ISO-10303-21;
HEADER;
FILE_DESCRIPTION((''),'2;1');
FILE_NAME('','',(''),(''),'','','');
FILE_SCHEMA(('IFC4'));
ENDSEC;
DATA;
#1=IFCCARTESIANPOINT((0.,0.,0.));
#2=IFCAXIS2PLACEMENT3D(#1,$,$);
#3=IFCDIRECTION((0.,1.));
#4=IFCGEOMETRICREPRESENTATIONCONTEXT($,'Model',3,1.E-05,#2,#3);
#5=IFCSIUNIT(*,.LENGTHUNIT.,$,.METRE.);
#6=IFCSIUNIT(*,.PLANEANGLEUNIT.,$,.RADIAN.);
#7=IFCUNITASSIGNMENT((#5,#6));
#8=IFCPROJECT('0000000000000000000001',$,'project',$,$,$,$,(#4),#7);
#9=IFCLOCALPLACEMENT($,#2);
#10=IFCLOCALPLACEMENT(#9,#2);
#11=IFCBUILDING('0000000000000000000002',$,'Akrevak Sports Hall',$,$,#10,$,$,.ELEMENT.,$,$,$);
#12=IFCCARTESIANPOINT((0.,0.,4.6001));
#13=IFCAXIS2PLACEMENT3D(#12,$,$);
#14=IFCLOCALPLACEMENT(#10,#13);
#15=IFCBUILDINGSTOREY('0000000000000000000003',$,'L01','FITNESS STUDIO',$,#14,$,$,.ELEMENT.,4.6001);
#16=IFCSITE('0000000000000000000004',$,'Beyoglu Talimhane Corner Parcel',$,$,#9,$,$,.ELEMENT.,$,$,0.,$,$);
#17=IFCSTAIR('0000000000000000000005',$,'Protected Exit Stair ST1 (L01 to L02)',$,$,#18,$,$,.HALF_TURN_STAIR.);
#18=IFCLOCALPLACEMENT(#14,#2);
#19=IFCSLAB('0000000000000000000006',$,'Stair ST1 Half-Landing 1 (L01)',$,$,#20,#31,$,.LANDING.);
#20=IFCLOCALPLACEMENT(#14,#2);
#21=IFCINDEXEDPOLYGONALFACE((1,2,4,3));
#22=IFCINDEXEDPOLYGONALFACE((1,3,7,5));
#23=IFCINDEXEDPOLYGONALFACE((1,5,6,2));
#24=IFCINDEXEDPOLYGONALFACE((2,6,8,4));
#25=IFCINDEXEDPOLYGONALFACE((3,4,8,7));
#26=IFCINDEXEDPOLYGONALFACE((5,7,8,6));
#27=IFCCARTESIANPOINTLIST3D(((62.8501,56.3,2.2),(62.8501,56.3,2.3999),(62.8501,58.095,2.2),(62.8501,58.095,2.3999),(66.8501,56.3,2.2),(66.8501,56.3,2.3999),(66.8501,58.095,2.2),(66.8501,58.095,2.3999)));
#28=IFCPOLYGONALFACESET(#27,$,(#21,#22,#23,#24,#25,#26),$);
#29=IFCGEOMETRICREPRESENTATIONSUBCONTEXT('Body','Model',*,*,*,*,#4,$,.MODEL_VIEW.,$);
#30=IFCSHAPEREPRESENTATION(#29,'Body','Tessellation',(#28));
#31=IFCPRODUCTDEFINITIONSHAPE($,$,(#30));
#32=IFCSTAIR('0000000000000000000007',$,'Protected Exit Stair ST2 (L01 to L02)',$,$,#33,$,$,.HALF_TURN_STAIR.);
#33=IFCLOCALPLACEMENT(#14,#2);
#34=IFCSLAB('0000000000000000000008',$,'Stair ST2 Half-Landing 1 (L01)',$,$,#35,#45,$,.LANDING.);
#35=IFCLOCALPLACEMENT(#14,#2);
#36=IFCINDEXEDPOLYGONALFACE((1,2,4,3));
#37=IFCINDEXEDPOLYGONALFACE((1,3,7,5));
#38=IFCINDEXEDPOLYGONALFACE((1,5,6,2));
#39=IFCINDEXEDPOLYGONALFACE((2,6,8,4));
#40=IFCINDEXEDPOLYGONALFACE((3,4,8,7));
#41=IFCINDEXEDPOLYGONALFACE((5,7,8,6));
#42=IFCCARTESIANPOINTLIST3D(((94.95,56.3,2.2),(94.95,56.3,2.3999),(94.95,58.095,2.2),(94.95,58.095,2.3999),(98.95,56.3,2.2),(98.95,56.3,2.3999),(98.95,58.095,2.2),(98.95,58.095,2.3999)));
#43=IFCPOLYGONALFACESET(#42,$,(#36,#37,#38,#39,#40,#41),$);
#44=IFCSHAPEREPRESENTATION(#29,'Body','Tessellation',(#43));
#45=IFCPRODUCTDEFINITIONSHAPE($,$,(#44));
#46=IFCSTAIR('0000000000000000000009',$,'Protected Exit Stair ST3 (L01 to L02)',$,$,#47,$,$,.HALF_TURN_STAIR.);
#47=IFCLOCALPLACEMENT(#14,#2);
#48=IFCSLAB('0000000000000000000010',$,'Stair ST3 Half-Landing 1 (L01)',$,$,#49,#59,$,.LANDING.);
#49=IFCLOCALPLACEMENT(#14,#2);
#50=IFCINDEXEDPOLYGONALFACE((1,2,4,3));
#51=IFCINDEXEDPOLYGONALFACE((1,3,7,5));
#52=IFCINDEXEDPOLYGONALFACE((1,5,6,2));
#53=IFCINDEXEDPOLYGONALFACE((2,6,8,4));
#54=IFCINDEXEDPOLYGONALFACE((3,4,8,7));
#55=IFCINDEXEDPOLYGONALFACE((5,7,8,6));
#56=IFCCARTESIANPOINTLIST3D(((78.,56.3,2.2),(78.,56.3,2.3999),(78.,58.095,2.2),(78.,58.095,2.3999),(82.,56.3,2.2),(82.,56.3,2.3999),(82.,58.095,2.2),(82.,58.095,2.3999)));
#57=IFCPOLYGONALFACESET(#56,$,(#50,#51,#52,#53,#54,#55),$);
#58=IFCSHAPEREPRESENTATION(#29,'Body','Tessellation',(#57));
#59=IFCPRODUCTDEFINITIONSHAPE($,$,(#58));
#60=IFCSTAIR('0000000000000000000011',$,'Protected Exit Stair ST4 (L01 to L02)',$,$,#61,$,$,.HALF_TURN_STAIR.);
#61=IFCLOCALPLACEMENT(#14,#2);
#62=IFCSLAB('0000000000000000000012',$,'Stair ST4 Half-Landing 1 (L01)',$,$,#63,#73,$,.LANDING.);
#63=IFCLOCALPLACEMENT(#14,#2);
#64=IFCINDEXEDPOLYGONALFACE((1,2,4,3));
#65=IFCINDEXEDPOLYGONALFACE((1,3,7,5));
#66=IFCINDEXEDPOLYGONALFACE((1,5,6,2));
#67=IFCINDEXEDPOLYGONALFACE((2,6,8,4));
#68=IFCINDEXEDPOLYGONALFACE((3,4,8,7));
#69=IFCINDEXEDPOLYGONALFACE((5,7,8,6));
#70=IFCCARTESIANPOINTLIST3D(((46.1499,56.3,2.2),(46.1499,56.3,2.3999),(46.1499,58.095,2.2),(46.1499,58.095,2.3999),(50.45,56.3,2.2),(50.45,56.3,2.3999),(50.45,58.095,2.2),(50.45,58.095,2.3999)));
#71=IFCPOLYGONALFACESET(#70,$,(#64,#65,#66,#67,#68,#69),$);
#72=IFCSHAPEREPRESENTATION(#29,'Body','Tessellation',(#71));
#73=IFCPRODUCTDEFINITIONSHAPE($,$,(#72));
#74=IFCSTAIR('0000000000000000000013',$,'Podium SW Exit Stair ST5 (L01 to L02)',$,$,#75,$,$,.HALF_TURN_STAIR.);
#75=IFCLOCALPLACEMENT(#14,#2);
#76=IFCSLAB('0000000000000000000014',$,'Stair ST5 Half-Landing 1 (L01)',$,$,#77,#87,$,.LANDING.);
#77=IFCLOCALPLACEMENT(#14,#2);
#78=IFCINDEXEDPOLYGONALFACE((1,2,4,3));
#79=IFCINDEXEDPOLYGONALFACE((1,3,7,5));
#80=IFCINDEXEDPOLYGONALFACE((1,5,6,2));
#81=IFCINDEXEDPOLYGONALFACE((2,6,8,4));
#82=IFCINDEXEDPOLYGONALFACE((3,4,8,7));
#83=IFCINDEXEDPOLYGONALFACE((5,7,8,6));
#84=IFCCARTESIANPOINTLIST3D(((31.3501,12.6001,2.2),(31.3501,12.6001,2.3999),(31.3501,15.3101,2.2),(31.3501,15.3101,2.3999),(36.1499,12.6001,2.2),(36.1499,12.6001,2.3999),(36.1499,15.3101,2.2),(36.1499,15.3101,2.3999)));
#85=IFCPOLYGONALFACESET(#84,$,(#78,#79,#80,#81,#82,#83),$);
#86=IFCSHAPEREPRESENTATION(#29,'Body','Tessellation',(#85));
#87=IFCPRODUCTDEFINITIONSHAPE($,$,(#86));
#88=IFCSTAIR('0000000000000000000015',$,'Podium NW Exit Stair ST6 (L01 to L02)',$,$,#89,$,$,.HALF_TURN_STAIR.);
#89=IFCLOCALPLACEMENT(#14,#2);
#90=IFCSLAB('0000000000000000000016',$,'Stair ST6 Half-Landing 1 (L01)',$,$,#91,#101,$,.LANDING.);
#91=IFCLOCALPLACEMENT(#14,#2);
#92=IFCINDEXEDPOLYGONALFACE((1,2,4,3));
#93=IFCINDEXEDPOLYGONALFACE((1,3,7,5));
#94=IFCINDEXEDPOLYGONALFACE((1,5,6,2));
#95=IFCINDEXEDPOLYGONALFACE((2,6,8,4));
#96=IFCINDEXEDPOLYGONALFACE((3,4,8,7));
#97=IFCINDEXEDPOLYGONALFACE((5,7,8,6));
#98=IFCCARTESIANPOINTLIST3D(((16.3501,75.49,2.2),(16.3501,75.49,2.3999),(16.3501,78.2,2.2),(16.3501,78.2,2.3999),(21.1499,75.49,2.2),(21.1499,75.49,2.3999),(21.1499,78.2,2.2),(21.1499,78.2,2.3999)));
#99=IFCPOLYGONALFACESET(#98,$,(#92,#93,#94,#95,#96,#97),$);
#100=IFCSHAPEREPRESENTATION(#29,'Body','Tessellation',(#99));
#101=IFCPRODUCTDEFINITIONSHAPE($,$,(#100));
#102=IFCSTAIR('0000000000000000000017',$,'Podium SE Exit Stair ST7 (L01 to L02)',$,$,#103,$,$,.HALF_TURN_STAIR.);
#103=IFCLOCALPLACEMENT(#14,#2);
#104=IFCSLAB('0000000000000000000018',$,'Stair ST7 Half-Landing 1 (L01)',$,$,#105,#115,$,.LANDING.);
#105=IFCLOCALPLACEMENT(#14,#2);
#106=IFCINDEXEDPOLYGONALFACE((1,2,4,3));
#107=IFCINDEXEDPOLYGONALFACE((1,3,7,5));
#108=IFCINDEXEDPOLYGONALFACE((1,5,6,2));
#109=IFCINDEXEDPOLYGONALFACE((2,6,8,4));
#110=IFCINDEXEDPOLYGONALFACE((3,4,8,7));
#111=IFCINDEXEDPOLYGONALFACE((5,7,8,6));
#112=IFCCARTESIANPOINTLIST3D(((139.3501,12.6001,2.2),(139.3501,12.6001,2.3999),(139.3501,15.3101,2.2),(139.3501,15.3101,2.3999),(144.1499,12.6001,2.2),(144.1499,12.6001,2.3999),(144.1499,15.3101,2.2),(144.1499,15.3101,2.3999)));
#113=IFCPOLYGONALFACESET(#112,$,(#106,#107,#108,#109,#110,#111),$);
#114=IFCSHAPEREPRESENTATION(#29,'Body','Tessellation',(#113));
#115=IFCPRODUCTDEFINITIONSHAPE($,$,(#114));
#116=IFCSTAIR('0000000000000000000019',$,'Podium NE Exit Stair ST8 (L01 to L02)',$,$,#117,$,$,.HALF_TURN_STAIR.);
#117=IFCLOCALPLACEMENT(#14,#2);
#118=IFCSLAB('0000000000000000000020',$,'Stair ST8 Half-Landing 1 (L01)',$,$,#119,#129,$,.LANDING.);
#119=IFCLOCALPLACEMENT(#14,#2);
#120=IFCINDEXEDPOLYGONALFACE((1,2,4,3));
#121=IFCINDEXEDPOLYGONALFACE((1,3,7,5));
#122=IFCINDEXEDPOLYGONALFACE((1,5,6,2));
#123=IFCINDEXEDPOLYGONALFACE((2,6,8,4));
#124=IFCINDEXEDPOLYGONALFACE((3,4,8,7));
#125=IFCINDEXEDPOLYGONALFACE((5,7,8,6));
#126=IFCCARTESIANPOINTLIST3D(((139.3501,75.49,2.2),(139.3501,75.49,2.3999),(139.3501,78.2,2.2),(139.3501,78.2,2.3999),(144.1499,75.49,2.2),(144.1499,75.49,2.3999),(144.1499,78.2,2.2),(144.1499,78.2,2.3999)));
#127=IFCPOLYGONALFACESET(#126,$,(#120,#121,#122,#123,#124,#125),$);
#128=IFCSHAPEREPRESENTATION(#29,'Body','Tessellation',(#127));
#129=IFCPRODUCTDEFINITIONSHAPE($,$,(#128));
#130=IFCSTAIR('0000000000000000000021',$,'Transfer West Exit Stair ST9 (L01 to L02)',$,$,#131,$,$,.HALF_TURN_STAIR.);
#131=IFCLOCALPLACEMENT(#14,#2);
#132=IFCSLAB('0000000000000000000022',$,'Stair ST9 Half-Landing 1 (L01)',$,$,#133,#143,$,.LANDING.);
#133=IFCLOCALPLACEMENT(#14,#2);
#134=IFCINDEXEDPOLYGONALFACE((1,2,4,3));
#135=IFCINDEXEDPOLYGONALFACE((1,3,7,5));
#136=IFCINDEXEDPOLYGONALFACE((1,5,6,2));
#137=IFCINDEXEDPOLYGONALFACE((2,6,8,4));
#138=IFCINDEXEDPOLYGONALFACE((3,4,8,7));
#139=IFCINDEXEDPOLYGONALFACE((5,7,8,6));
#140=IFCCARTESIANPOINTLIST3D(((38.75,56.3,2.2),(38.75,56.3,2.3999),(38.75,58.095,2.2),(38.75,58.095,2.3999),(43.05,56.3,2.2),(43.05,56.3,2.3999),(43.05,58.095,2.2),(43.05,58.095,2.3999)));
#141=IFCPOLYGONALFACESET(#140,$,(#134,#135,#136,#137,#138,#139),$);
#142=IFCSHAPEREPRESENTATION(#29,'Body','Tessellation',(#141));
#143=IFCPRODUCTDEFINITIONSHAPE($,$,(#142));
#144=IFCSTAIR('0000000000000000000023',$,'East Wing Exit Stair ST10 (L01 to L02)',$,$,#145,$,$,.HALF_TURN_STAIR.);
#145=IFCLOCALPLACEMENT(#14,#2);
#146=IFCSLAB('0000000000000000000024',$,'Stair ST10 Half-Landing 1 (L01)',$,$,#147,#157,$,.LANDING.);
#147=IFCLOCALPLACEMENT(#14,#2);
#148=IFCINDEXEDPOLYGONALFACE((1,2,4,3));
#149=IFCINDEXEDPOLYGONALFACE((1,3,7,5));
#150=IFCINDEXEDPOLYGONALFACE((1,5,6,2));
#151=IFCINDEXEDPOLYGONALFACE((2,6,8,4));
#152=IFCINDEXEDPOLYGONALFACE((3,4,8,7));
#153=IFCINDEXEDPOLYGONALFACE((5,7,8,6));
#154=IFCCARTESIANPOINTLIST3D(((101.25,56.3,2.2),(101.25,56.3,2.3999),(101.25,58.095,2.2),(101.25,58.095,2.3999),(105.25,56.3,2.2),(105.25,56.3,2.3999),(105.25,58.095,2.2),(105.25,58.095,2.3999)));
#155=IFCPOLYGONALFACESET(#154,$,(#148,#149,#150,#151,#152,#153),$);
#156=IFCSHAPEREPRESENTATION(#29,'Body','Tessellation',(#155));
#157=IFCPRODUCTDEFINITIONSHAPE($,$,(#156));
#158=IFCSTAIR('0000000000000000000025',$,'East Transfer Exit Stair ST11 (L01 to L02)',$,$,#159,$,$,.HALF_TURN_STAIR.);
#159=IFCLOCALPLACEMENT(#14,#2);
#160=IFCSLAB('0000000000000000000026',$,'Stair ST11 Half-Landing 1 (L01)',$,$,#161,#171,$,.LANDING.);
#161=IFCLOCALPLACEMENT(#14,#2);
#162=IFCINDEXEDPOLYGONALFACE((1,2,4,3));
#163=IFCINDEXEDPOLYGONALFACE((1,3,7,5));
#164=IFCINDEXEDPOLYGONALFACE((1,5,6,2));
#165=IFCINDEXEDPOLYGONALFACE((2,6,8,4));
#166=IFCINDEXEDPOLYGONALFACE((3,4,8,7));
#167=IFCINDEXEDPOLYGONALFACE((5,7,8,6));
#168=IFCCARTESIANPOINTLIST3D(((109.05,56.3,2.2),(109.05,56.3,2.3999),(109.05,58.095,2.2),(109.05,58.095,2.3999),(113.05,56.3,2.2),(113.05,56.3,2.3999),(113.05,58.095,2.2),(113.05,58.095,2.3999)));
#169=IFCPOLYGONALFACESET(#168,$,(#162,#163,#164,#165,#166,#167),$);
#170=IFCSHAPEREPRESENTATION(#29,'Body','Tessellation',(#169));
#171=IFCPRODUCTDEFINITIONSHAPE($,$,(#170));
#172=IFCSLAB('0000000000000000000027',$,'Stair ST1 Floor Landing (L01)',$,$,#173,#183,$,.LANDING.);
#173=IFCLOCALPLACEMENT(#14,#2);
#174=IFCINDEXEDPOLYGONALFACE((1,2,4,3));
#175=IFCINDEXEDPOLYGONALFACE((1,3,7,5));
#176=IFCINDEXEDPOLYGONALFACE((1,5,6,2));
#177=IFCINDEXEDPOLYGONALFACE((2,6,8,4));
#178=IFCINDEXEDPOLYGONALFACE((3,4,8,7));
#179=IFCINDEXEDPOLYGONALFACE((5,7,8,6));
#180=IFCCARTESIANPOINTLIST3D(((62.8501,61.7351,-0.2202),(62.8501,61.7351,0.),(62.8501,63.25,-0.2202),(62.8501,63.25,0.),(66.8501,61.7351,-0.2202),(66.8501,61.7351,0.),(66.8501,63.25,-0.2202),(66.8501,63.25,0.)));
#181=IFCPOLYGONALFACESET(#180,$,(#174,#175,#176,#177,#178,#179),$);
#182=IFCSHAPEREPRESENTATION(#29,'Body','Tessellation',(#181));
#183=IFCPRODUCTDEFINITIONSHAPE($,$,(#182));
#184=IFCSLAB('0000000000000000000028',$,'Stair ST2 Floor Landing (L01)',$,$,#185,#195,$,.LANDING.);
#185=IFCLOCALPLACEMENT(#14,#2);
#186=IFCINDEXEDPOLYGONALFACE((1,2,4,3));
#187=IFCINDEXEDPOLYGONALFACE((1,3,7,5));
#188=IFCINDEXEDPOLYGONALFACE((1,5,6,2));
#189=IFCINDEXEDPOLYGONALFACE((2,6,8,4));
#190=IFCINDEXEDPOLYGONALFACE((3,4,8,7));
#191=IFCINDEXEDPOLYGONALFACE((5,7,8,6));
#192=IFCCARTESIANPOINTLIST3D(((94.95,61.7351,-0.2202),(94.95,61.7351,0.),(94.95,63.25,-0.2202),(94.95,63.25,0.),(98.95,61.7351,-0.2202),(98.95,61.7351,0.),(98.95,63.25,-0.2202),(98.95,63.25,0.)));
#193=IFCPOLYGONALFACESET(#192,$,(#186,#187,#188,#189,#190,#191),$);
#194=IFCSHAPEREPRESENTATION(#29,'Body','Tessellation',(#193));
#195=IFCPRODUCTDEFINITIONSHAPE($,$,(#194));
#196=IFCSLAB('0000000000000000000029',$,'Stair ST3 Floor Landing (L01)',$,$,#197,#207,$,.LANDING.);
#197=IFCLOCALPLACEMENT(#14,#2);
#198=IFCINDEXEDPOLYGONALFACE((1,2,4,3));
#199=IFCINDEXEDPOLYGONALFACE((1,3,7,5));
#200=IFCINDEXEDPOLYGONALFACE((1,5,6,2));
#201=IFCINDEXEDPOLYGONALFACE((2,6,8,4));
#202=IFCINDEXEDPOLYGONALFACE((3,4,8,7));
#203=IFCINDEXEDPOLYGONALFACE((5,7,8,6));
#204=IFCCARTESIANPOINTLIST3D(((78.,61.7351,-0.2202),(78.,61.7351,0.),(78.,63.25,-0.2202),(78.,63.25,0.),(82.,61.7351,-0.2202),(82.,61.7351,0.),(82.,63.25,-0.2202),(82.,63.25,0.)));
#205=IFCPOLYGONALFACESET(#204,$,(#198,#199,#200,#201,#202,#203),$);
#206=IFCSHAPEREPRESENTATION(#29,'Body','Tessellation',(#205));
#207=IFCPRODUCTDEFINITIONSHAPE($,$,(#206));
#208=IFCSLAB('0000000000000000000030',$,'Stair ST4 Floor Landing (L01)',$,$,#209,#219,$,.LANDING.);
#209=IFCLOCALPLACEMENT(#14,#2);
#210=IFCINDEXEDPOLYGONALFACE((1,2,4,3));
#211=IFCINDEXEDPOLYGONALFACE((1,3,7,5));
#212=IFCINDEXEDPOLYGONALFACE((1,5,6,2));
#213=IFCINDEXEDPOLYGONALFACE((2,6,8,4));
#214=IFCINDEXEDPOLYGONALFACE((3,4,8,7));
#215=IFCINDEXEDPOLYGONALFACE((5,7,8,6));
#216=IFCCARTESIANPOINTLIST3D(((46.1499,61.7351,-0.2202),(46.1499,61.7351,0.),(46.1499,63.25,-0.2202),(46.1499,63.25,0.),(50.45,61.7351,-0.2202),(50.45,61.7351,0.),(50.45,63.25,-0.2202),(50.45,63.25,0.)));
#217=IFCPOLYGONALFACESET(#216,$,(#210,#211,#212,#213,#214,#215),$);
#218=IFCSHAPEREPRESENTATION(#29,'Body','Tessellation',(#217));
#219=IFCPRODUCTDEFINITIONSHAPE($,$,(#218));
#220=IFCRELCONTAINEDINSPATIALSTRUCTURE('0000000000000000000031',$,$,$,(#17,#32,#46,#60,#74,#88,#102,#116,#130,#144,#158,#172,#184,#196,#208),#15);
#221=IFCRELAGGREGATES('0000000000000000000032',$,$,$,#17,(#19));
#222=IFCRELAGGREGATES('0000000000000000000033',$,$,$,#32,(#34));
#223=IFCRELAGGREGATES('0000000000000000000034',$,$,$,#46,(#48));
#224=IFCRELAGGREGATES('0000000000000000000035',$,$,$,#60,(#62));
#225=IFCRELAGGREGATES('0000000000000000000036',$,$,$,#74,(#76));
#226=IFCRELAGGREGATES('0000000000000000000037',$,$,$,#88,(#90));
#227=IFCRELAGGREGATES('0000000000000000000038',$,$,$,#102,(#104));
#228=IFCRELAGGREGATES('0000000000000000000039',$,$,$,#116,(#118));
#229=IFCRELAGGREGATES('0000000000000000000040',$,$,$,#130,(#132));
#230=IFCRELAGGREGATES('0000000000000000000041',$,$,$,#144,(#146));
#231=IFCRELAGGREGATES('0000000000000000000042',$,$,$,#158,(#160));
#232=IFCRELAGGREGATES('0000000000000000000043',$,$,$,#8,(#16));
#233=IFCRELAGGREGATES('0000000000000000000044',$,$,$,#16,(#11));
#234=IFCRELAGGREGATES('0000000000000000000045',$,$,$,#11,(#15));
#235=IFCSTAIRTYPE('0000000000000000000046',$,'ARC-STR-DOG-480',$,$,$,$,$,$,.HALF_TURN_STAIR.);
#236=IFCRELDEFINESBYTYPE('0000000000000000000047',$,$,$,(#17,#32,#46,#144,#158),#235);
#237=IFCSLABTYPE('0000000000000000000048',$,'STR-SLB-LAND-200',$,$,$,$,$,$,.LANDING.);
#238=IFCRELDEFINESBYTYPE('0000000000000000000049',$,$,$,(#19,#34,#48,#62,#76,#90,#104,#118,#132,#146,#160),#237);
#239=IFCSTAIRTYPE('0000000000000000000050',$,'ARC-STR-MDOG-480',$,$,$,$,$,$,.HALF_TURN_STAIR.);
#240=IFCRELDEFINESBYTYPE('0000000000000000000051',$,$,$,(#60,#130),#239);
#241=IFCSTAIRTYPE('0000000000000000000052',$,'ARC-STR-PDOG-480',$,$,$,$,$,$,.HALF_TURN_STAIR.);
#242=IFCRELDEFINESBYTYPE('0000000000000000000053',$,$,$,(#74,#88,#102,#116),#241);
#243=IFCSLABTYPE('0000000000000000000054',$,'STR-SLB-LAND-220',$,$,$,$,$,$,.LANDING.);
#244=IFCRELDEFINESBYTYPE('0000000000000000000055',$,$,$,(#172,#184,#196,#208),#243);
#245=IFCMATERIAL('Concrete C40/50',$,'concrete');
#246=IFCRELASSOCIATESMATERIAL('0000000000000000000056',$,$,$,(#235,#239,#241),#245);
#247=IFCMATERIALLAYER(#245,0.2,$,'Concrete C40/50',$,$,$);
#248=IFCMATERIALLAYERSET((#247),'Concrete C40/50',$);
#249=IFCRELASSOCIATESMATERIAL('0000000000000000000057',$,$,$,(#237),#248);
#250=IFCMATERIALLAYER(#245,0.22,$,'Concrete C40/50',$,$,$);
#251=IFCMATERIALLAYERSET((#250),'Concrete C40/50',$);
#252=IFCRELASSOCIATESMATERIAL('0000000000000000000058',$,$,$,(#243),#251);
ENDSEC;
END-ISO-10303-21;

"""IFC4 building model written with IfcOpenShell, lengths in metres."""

from ifc_helpers import new_model, si_unit, direction, frame, origin, place, context, subcontext, project, spatial, polyline, outline, extrude, material, layer, layer_set, type_object, element, aggregate, save


model = new_model("IFC4")

# Units and contexts
model_context = context("Model", 3, precision=1e-05, world=origin(), true_north=direction((0.0, 1.0)))
body_context = subcontext(model_context, "Body", "Model", "MODEL_VIEW")
ifc_project = project(units=[si_unit("LENGTHUNIT", "METRE"), si_unit("PLANEANGLEUNIT", "RADIAN")], contexts=[model_context])

# Site, building, storey
site_placement = place(None, origin())
site = spatial("IfcSite", under=ifc_project, at=site_placement, Name="Beyoglu Talimhane Corner Parcel", CompositionType="ELEMENT", RefElevation=0.0)
building_placement = place(site_placement, origin())
building = spatial("IfcBuilding", under=site, at=building_placement, Name="Akrevak Sports Hall", CompositionType="ELEMENT")
storey_placement = place(building_placement, frame((0.0, 0.0, 4.6001)))
storey = spatial("IfcBuildingStorey", under=building, at=storey_placement, Name="L01", Description="FITNESS STUDIO", CompositionType="ELEMENT", Elevation=4.6001)

# Shared definitions
ifc_material_1 = material(Name="Concrete C40/50", Category="concrete")

# Stairs, slabs
stair_type_1 = type_object("IfcStairType", Name="ARC-STR-DOG-480", PredefinedType="HALF_TURN_STAIR", material=ifc_material_1)
stair_1_placement = place(storey_placement, origin())
stair_1 = element("IfcStair", 1, at=stair_1_placement, inside=storey, type_object=stair_type_1, Name="Protected Exit Stair ST1 (L01 to L02)", PredefinedType="HALF_TURN_STAIR")
ifc_layer_1 = layer(ifc_material_1, 0.2, Name="Concrete C40/50")
ifc_layer_set_1 = layer_set([ifc_layer_1], Name="Concrete C40/50")
slab_type_1 = type_object("IfcSlabType", Name="STR-SLB-LAND-200", PredefinedType="LANDING", material=ifc_layer_set_1)
slab_1_placement = place(storey_placement, frame((0.0, 0.0, 2.2)))
slab_1 = element("IfcSlab", 2, at=slab_1_placement, type_object=slab_type_1, Name="Stair ST1 Half-Landing 1 (L01)", PredefinedType="LANDING", context=body_context, shape_type="SweptSolid", body=[
    extrude(outline(polyline([(62.8501, 56.3), (66.8501, 56.3), (66.8501, 58.095), (62.8501, 58.095), (62.8501, 56.3)])), origin(), (0.0, 0.0, 1.0), 0.2),
])
aggregate(stair_1, [slab_1])
stair_2_placement = place(storey_placement, origin())
stair_2 = element("IfcStair", 3, at=stair_2_placement, inside=storey, type_object=stair_type_1, Name="Protected Exit Stair ST2 (L01 to L02)", PredefinedType="HALF_TURN_STAIR")
slab_2_placement = place(storey_placement, frame((0.0, 0.0, 2.2)))
slab_2 = element("IfcSlab", 4, at=slab_2_placement, type_object=slab_type_1, Name="Stair ST2 Half-Landing 1 (L01)", PredefinedType="LANDING", context=body_context, shape_type="SweptSolid", body=[
    extrude(outline(polyline([(94.95, 56.3), (98.95, 56.3), (98.95, 58.095), (94.95, 58.095), (94.95, 56.3)])), origin(), (0.0, 0.0, 1.0), 0.2),
])
aggregate(stair_2, [slab_2])
stair_3_placement = place(storey_placement, origin())
stair_3 = element("IfcStair", 5, at=stair_3_placement, inside=storey, type_object=stair_type_1, Name="Protected Exit Stair ST3 (L01 to L02)", PredefinedType="HALF_TURN_STAIR")
slab_3_placement = place(storey_placement, frame((0.0, 0.0, 2.2)))
slab_3 = element("IfcSlab", 6, at=slab_3_placement, type_object=slab_type_1, Name="Stair ST3 Half-Landing 1 (L01)", PredefinedType="LANDING", context=body_context, shape_type="SweptSolid", body=[
    extrude(outline(polyline([(78.0, 56.3), (82.0, 56.3), (82.0, 58.095), (78.0, 58.095), (78.0, 56.3)])), origin(), (0.0, 0.0, 1.0), 0.2),
])
aggregate(stair_3, [slab_3])
stair_type_2 = type_object("IfcStairType", Name="ARC-STR-MDOG-480", PredefinedType="HALF_TURN_STAIR", material=ifc_material_1)
stair_4_placement = place(storey_placement, origin())
stair_4 = element("IfcStair", 7, at=stair_4_placement, inside=storey, type_object=stair_type_2, Name="Protected Exit Stair ST4 (L01 to L02)", PredefinedType="HALF_TURN_STAIR")
slab_4_placement = place(storey_placement, frame((0.0, 0.0, 2.2)))
slab_4 = element("IfcSlab", 8, at=slab_4_placement, type_object=slab_type_1, Name="Stair ST4 Half-Landing 1 (L01)", PredefinedType="LANDING", context=body_context, shape_type="SweptSolid", body=[
    extrude(outline(polyline([(46.1499, 56.3), (50.45, 56.3), (50.45, 58.095), (46.1499, 58.095), (46.1499, 56.3)])), origin(), (0.0, 0.0, 1.0), 0.2),
])
aggregate(stair_4, [slab_4])
stair_type_3 = type_object("IfcStairType", Name="ARC-STR-PDOG-480", PredefinedType="HALF_TURN_STAIR", material=ifc_material_1)
stair_5_placement = place(storey_placement, origin())
stair_5 = element("IfcStair", 9, at=stair_5_placement, inside=storey, type_object=stair_type_3, Name="Podium SW Exit Stair ST5 (L01 to L02)", PredefinedType="HALF_TURN_STAIR")
slab_5_placement = place(storey_placement, frame((0.0, 0.0, 2.2)))
slab_5 = element("IfcSlab", 10, at=slab_5_placement, type_object=slab_type_1, Name="Stair ST5 Half-Landing 1 (L01)", PredefinedType="LANDING", context=body_context, shape_type="SweptSolid", body=[
    extrude(outline(polyline([(31.3501, 12.6001), (36.1499, 12.6001), (36.1499, 15.3101), (31.3501, 15.3101), (31.3501, 12.6001)])), origin(), (0.0, 0.0, 1.0), 0.2),
])
aggregate(stair_5, [slab_5])
stair_6_placement = place(storey_placement, origin())
stair_6 = element("IfcStair", 11, at=stair_6_placement, inside=storey, type_object=stair_type_3, Name="Podium NW Exit Stair ST6 (L01 to L02)", PredefinedType="HALF_TURN_STAIR")
slab_6_placement = place(storey_placement, frame((0.0, 0.0, 2.2)))
slab_6 = element("IfcSlab", 12, at=slab_6_placement, type_object=slab_type_1, Name="Stair ST6 Half-Landing 1 (L01)", PredefinedType="LANDING", context=body_context, shape_type="SweptSolid", body=[
    extrude(outline(polyline([(16.3501, 75.49), (21.1499, 75.49), (21.1499, 78.2), (16.3501, 78.2), (16.3501, 75.49)])), origin(), (0.0, 0.0, 1.0), 0.2),
])
aggregate(stair_6, [slab_6])
stair_7_placement = place(storey_placement, origin())
stair_7 = element("IfcStair", 13, at=stair_7_placement, inside=storey, type_object=stair_type_3, Name="Podium SE Exit Stair ST7 (L01 to L02)", PredefinedType="HALF_TURN_STAIR")
slab_7_placement = place(storey_placement, frame((0.0, 0.0, 2.2)))
slab_7 = element("IfcSlab", 14, at=slab_7_placement, type_object=slab_type_1, Name="Stair ST7 Half-Landing 1 (L01)", PredefinedType="LANDING", context=body_context, shape_type="SweptSolid", body=[
    extrude(outline(polyline([(139.3501, 12.6001), (144.1499, 12.6001), (144.1499, 15.3101), (139.3501, 15.3101), (139.3501, 12.6001)])), origin(), (0.0, 0.0, 1.0), 0.2),
])
aggregate(stair_7, [slab_7])
stair_8_placement = place(storey_placement, origin())
stair_8 = element("IfcStair", 15, at=stair_8_placement, inside=storey, type_object=stair_type_3, Name="Podium NE Exit Stair ST8 (L01 to L02)", PredefinedType="HALF_TURN_STAIR")
slab_8_placement = place(storey_placement, frame((0.0, 0.0, 2.2)))
slab_8 = element("IfcSlab", 16, at=slab_8_placement, type_object=slab_type_1, Name="Stair ST8 Half-Landing 1 (L01)", PredefinedType="LANDING", context=body_context, shape_type="SweptSolid", body=[
    extrude(outline(polyline([(139.3501, 75.49), (144.1499, 75.49), (144.1499, 78.2), (139.3501, 78.2), (139.3501, 75.49)])), origin(), (0.0, 0.0, 1.0), 0.2),
])
aggregate(stair_8, [slab_8])
stair_9_placement = place(storey_placement, origin())
stair_9 = element("IfcStair", 17, at=stair_9_placement, inside=storey, type_object=stair_type_2, Name="Transfer West Exit Stair ST9 (L01 to L02)", PredefinedType="HALF_TURN_STAIR")
slab_9_placement = place(storey_placement, frame((0.0, 0.0, 2.2)))
slab_9 = element("IfcSlab", 18, at=slab_9_placement, type_object=slab_type_1, Name="Stair ST9 Half-Landing 1 (L01)", PredefinedType="LANDING", context=body_context, shape_type="SweptSolid", body=[
    extrude(outline(polyline([(38.75, 56.3), (43.05, 56.3), (43.05, 58.095), (38.75, 58.095), (38.75, 56.3)])), origin(), (0.0, 0.0, 1.0), 0.2),
])
aggregate(stair_9, [slab_9])
stair_10_placement = place(storey_placement, origin())
stair_10 = element("IfcStair", 19, at=stair_10_placement, inside=storey, type_object=stair_type_1, Name="East Wing Exit Stair ST10 (L01 to L02)", PredefinedType="HALF_TURN_STAIR")
slab_10_placement = place(storey_placement, frame((0.0, 0.0, 2.2)))
slab_10 = element("IfcSlab", 20, at=slab_10_placement, type_object=slab_type_1, Name="Stair ST10 Half-Landing 1 (L01)", PredefinedType="LANDING", context=body_context, shape_type="SweptSolid", body=[
    extrude(outline(polyline([(101.25, 56.3), (105.25, 56.3), (105.25, 58.095), (101.25, 58.095), (101.25, 56.3)])), origin(), (0.0, 0.0, 1.0), 0.2),
])
aggregate(stair_10, [slab_10])
stair_11_placement = place(storey_placement, origin())
stair_11 = element("IfcStair", 21, at=stair_11_placement, inside=storey, type_object=stair_type_1, Name="East Transfer Exit Stair ST11 (L01 to L02)", PredefinedType="HALF_TURN_STAIR")
slab_11_placement = place(storey_placement, frame((0.0, 0.0, 2.2)))
slab_11 = element("IfcSlab", 22, at=slab_11_placement, type_object=slab_type_1, Name="Stair ST11 Half-Landing 1 (L01)", PredefinedType="LANDING", context=body_context, shape_type="SweptSolid", body=[
    extrude(outline(polyline([(109.05, 56.3), (113.05, 56.3), (113.05, 58.095), (109.05, 58.095), (109.05, 56.3)])), origin(), (0.0, 0.0, 1.0), 0.2),
])
aggregate(stair_11, [slab_11])

# Slabs
ifc_layer_2 = layer(ifc_material_1, 0.22, Name="Concrete C40/50")
ifc_layer_set_2 = layer_set([ifc_layer_2], Name="Concrete C40/50")
slab_type_2 = type_object("IfcSlabType", Name="STR-SLB-LAND-220", PredefinedType="LANDING", material=ifc_layer_set_2)
slab_12_placement = place(storey_placement, frame((0.0, 0.0, -0.2202)))
element("IfcSlab", 23, at=slab_12_placement, inside=storey, type_object=slab_type_2, Name="Stair ST1 Floor Landing (L01)", PredefinedType="LANDING", context=body_context, shape_type="SweptSolid", body=[
    extrude(outline(polyline([(62.8501, 61.7351), (66.8501, 61.7351), (66.8501, 63.25), (62.8501, 63.25), (62.8501, 61.7351)])), origin(), (0.0, 0.0, 1.0), 0.2202),
])
slab_13_placement = place(storey_placement, frame((0.0, 0.0, -0.2202)))
element("IfcSlab", 24, at=slab_13_placement, inside=storey, type_object=slab_type_2, Name="Stair ST2 Floor Landing (L01)", PredefinedType="LANDING", context=body_context, shape_type="SweptSolid", body=[
    extrude(outline(polyline([(94.95, 61.7351), (98.95, 61.7351), (98.95, 63.25), (94.95, 63.25), (94.95, 61.7351)])), origin(), (0.0, 0.0, 1.0), 0.2202),
])
slab_14_placement = place(storey_placement, frame((0.0, 0.0, -0.2202)))
element("IfcSlab", 25, at=slab_14_placement, inside=storey, type_object=slab_type_2, Name="Stair ST3 Floor Landing (L01)", PredefinedType="LANDING", context=body_context, shape_type="SweptSolid", body=[
    extrude(outline(polyline([(78.0, 61.7351), (82.0, 61.7351), (82.0, 63.25), (78.0, 63.25), (78.0, 61.7351)])), origin(), (0.0, 0.0, 1.0), 0.2202),
])
slab_15_placement = place(storey_placement, frame((0.0, 0.0, -0.2202)))
element("IfcSlab", 26, at=slab_15_placement, inside=storey, type_object=slab_type_2, Name="Stair ST4 Floor Landing (L01)", PredefinedType="LANDING", context=body_context, shape_type="SweptSolid", body=[
    extrude(outline(polyline([(46.1499, 61.7351), (50.45, 61.7351), (50.45, 63.25), (46.1499, 63.25), (46.1499, 61.7351)])), origin(), (0.0, 0.0, 1.0), 0.2202),
])

save(model, "model.ifc")
